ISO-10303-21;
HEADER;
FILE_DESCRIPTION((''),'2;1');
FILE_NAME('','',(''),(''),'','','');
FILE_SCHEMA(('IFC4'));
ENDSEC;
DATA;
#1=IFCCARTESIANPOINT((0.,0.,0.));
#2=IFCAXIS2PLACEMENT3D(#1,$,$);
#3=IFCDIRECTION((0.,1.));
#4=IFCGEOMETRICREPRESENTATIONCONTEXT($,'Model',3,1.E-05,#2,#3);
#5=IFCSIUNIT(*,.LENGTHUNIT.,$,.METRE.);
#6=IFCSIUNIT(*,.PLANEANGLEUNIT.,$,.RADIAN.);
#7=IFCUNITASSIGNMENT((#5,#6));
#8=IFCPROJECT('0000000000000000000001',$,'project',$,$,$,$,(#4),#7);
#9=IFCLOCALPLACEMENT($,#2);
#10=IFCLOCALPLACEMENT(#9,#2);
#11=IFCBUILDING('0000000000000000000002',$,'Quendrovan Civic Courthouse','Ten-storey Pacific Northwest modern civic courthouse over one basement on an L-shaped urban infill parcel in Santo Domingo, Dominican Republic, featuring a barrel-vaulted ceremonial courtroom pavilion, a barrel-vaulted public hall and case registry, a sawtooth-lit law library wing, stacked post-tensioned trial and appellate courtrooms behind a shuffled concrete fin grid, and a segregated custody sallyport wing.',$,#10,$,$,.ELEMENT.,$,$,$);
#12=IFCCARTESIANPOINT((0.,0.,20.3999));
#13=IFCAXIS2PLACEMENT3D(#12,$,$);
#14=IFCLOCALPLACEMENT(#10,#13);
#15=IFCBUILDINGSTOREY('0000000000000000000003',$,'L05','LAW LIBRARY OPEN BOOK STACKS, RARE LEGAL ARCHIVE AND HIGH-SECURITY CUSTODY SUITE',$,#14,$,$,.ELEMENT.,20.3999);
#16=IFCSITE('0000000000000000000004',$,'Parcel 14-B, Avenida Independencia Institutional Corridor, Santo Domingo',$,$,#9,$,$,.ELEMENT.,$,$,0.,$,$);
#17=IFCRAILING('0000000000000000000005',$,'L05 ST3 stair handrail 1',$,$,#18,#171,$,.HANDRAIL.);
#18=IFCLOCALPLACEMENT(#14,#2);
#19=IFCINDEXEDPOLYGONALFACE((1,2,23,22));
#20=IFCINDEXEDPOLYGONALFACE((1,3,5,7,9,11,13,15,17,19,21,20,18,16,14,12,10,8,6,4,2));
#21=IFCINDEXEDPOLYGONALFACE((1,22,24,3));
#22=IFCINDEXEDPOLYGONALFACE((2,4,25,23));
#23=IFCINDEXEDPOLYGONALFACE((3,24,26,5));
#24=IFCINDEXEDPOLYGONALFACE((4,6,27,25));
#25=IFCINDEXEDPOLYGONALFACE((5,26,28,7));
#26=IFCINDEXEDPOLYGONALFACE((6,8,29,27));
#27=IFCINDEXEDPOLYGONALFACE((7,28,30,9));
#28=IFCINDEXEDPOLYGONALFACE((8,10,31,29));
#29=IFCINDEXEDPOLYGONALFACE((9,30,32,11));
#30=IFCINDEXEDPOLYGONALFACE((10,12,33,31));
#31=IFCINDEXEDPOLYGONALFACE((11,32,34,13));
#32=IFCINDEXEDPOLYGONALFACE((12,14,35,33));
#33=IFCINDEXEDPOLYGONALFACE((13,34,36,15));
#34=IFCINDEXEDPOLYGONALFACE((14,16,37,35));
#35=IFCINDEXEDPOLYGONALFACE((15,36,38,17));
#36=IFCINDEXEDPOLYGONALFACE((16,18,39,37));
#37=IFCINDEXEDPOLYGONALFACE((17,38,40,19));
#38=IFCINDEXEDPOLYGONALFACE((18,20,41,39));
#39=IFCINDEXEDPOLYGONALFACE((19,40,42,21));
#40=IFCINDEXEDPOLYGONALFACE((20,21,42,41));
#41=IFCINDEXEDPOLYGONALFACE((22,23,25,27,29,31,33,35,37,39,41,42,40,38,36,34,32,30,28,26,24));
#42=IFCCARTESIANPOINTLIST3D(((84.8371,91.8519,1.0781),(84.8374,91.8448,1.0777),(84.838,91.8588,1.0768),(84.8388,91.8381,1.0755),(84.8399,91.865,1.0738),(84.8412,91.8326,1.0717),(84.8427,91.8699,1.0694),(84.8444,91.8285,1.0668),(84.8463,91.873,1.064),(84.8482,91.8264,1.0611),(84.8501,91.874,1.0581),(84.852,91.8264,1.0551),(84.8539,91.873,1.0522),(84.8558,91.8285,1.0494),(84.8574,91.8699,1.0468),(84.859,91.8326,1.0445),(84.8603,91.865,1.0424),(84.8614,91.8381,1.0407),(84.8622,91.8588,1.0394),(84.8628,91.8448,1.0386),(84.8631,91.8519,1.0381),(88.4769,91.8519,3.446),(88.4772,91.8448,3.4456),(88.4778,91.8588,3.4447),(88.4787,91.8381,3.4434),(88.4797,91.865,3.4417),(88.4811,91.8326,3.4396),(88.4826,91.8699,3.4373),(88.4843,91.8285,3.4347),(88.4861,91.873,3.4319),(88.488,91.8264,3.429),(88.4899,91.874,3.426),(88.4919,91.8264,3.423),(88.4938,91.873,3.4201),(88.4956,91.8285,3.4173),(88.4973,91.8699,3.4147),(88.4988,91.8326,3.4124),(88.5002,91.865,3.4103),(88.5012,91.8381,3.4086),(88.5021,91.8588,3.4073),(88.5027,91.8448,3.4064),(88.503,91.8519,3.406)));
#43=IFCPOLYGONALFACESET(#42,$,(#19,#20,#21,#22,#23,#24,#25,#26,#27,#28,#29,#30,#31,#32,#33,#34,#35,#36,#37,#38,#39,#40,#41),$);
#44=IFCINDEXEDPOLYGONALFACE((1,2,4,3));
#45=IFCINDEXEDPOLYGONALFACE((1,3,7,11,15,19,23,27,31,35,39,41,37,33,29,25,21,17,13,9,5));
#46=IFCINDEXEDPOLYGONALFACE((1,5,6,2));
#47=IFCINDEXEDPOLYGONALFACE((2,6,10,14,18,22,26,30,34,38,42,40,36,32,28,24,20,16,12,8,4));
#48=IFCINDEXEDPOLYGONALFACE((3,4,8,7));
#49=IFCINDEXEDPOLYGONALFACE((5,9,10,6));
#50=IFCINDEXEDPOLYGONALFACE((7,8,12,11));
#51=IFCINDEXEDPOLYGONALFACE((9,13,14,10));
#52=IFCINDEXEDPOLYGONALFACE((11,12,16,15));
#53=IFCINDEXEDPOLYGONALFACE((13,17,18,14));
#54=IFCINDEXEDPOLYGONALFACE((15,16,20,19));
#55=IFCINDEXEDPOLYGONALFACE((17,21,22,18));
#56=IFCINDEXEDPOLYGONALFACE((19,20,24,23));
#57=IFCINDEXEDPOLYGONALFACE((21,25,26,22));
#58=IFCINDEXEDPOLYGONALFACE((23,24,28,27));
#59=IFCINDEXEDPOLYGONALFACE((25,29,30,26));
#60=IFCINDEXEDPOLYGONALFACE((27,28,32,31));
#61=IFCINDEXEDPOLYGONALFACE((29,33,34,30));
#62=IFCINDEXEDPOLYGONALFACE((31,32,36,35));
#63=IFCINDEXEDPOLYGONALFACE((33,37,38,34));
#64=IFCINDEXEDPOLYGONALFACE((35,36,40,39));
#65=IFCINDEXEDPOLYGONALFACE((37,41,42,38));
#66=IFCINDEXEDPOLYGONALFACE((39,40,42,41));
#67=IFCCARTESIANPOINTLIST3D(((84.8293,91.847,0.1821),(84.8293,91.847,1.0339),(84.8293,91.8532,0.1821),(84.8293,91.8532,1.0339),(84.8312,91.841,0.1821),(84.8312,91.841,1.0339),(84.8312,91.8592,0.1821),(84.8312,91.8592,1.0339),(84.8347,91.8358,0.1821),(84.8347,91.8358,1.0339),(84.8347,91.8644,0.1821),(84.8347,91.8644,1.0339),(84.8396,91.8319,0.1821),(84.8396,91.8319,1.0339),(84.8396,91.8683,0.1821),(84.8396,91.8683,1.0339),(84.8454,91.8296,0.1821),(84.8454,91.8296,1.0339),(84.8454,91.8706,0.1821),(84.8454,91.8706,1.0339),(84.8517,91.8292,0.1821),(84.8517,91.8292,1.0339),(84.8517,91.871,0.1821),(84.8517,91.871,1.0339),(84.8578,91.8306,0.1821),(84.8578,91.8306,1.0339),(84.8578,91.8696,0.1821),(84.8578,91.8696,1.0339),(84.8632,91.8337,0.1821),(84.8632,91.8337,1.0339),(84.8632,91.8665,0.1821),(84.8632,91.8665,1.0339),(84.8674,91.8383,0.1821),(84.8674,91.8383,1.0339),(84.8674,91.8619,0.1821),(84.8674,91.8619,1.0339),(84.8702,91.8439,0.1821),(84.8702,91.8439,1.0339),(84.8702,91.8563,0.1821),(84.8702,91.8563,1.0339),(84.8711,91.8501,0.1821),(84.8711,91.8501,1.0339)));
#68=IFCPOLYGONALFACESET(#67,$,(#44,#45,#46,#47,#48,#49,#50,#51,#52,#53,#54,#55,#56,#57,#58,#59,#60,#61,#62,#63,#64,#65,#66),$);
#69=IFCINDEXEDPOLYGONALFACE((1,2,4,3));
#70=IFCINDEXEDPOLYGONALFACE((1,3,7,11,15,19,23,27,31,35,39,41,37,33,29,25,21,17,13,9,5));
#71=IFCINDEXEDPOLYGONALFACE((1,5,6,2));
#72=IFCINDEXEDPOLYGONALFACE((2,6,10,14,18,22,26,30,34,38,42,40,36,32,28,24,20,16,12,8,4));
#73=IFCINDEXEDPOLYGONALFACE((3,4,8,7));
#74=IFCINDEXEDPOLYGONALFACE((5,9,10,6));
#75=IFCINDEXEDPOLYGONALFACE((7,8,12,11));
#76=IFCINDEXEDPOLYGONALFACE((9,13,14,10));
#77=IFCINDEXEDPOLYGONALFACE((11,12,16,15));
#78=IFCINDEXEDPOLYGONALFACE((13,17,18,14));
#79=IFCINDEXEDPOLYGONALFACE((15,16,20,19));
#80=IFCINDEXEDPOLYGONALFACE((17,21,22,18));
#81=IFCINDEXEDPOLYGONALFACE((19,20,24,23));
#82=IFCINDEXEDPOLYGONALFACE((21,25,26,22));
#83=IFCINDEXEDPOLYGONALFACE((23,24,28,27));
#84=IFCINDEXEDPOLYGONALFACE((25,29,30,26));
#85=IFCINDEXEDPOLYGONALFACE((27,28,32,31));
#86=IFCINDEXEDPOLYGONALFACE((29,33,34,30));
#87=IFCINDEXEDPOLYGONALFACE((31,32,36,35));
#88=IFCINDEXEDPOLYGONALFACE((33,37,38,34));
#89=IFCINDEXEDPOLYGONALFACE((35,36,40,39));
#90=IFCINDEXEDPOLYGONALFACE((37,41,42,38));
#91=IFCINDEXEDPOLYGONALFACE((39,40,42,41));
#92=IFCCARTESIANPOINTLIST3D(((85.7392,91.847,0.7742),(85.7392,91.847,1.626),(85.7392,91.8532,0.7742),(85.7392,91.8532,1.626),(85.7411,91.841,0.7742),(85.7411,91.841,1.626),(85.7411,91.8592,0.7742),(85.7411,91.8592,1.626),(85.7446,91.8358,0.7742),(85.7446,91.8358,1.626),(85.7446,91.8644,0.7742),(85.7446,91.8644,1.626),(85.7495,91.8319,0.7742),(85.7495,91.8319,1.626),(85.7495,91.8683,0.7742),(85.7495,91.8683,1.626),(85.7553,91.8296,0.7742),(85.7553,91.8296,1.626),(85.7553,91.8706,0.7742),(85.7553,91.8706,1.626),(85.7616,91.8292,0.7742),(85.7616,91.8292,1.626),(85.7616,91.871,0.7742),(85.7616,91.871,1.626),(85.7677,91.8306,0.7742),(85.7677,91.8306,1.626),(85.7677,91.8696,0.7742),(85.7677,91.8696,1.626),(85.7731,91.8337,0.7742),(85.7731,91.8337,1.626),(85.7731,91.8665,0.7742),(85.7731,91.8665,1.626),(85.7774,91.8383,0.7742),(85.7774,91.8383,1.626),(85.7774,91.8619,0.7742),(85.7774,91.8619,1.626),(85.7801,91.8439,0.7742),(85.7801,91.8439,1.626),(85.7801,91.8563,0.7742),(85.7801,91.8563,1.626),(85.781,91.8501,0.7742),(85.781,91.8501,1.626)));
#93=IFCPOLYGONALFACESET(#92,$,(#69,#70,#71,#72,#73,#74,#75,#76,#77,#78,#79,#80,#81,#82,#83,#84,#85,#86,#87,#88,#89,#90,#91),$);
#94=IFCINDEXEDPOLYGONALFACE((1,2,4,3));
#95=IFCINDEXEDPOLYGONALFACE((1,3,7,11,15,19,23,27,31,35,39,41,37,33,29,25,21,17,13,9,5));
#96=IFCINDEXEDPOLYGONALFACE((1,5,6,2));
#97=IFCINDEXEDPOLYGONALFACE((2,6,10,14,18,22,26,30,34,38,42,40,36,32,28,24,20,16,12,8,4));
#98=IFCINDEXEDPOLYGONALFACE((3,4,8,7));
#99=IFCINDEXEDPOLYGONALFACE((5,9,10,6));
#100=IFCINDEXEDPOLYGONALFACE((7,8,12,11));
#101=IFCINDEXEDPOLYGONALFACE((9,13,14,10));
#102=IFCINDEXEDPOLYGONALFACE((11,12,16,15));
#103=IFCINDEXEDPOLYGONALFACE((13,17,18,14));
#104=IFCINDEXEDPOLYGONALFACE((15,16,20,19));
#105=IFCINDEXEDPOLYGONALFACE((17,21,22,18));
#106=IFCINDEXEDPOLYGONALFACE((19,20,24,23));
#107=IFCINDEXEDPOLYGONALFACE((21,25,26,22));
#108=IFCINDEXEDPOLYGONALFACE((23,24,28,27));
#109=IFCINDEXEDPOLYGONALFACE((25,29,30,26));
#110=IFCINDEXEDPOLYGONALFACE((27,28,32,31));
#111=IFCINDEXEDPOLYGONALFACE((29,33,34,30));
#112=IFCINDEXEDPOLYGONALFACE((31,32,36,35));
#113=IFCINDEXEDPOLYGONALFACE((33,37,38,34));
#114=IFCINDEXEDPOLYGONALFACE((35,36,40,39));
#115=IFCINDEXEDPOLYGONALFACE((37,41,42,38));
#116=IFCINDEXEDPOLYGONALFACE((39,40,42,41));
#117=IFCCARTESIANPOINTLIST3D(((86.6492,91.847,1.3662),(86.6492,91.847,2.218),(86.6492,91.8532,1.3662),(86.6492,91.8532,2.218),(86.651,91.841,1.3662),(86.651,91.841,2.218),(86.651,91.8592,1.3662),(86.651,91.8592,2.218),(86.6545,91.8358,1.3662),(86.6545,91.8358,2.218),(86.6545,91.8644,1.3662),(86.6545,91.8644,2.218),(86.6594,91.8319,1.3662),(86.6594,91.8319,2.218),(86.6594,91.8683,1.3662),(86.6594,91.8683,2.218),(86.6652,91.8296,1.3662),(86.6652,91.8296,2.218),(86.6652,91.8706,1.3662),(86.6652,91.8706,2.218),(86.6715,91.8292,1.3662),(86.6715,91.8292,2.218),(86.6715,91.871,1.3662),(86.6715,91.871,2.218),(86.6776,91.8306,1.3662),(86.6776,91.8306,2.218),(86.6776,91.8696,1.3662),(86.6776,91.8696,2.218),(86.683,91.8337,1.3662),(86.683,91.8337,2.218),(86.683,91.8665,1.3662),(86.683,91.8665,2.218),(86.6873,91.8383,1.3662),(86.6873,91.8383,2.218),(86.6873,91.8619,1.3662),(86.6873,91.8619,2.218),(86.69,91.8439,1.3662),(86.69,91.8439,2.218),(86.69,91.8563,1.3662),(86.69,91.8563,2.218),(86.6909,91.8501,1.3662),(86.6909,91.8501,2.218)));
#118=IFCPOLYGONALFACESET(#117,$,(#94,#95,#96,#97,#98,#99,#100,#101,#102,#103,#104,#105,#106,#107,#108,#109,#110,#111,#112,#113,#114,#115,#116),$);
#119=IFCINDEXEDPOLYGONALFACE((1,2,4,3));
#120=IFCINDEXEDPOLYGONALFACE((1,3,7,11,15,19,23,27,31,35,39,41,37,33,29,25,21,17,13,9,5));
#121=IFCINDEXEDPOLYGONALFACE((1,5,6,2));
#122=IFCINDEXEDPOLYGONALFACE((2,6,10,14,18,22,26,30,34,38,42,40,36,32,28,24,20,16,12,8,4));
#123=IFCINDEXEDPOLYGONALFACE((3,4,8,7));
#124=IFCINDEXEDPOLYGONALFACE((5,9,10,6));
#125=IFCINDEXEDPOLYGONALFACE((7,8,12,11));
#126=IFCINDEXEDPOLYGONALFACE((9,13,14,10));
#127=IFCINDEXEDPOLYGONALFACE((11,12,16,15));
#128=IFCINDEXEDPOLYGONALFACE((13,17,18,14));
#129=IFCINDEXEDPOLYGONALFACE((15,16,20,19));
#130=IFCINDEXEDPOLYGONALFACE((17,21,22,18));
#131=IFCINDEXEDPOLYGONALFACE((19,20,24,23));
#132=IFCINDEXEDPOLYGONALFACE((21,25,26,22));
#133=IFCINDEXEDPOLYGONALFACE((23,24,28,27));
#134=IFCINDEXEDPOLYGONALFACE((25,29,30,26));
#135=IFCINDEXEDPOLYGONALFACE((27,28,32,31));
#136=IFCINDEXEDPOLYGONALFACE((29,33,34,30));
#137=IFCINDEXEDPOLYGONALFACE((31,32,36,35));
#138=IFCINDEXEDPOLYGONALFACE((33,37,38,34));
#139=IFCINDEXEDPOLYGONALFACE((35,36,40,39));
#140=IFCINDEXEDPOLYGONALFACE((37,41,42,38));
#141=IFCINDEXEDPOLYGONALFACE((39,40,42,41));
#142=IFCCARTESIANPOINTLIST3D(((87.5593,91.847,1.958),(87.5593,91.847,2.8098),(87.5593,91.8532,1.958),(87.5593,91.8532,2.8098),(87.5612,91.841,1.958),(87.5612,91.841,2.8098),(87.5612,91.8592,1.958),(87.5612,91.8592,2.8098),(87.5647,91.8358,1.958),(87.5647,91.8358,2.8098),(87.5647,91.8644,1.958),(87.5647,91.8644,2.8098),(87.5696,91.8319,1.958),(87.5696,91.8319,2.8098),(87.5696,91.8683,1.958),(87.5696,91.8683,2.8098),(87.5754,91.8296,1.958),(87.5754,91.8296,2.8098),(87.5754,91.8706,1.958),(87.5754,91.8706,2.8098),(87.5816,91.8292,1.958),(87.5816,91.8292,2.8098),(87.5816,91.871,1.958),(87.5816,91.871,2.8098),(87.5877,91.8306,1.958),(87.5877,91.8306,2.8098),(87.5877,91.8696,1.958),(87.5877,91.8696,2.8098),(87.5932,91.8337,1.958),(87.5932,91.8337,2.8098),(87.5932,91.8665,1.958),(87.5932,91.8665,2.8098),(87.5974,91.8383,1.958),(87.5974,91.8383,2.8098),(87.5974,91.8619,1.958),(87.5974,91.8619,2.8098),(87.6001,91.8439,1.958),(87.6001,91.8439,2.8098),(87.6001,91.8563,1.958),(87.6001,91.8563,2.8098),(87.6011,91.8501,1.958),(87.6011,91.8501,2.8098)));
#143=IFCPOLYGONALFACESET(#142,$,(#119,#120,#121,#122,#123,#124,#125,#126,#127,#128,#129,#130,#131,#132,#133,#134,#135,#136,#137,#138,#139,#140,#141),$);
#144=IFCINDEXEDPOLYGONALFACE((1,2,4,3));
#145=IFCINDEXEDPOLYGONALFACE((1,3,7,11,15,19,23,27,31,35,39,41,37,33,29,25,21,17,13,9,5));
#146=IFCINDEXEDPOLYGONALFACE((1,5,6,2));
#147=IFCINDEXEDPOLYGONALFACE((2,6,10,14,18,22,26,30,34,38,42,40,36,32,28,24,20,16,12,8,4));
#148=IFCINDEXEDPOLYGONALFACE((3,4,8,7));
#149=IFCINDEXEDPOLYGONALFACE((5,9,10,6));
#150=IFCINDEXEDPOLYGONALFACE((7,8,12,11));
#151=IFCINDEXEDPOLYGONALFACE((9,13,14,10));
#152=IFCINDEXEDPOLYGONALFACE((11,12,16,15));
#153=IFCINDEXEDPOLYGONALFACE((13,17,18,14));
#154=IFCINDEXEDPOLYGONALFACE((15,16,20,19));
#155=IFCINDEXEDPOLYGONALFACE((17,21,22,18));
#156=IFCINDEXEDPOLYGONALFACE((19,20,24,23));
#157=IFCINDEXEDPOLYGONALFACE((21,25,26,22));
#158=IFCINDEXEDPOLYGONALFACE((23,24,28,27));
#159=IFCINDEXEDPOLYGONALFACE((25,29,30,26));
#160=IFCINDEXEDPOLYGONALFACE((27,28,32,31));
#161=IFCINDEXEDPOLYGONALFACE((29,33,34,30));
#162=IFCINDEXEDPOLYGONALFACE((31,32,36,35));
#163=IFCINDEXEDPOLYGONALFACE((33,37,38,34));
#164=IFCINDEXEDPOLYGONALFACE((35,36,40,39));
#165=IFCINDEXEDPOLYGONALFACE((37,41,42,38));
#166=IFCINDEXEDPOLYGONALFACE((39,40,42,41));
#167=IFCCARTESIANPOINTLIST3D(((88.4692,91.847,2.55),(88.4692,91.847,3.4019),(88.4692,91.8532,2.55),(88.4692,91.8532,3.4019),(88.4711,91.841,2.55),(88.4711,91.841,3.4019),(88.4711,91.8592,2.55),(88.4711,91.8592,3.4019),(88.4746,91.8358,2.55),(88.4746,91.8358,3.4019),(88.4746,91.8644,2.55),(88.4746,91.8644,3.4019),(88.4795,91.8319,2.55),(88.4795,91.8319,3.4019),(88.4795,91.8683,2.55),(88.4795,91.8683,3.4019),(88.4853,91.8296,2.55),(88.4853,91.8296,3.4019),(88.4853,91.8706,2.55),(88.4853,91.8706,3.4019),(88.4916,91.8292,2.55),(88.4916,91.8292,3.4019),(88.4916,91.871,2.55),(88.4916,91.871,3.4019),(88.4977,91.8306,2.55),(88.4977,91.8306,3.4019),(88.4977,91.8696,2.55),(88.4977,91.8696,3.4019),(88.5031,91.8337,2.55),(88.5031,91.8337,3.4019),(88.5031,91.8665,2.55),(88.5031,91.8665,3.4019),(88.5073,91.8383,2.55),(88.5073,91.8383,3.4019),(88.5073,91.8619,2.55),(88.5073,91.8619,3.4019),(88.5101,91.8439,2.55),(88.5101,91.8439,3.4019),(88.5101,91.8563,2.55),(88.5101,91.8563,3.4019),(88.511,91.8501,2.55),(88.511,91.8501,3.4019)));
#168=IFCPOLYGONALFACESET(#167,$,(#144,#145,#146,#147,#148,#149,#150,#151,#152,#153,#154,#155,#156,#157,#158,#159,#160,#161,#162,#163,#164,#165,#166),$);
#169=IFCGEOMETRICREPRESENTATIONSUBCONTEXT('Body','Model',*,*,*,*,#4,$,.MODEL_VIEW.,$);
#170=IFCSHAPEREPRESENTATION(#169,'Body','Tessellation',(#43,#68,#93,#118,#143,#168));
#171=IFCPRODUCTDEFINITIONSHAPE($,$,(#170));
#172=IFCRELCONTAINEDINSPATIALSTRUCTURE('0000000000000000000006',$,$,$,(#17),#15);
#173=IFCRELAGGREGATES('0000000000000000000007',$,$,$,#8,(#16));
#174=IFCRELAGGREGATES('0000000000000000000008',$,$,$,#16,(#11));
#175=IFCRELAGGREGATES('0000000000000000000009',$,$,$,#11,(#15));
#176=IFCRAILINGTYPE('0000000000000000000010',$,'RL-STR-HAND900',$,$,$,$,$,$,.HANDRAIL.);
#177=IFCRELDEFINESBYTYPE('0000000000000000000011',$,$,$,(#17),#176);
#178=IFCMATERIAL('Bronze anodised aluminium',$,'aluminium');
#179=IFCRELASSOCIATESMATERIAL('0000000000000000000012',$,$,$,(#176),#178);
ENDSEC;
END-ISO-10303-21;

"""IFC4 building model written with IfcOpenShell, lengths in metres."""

from ifc_helpers import new_model, si_unit, direction, frame, origin, origin_2d, place, context, subcontext, project, spatial, circle, extrude, material, type_object, element, save


model = new_model("IFC4")

# Units and contexts
model_context = context("Model", 3, precision=1e-05, world=origin(), true_north=direction((0.0, 1.0)))
body_context = subcontext(model_context, "Body", "Model", "MODEL_VIEW")
ifc_project = project(units=[si_unit("LENGTHUNIT", "METRE"), si_unit("PLANEANGLEUNIT", "RADIAN")], contexts=[model_context])

# Site, building, storey
site_placement = place(None, origin())
site = spatial("IfcSite", under=ifc_project, at=site_placement, Name="Parcel 14-B, Avenida Independencia Institutional Corridor, Santo Domingo", CompositionType="ELEMENT", RefElevation=0.0)
building_placement = place(site_placement, origin())
building = spatial("IfcBuilding", under=site, at=building_placement, Name="Quendrovan Civic Courthouse", Description="Ten-storey Pacific Northwest modern civic courthouse over one basement on an L-shaped urban infill parcel in Santo Domingo, Dominican Republic, featuring a barrel-vaulted ceremonial courtroom pavilion, a barrel-vaulted public hall and case registry, a sawtooth-lit law library wing, stacked post-tensioned trial and appellate courtrooms behind a shuffled concrete fin grid, and a segregated custody sallyport wing.", CompositionType="ELEMENT")
storey_placement = place(building_placement, frame((0.0, 0.0, 20.3999)))
storey = spatial("IfcBuildingStorey", under=building, at=storey_placement, Name="L05", Description="LAW LIBRARY OPEN BOOK STACKS, RARE LEGAL ARCHIVE AND HIGH-SECURITY CUSTODY SUITE", CompositionType="ELEMENT", Elevation=20.3999)

# Railing
ifc_material_1 = material(Name="Bronze anodised aluminium", Category="aluminium")
railing_type_1 = type_object("IfcRailingType", Name="RL-STR-HAND900", PredefinedType="HANDRAIL", material=ifc_material_1)
railing_1_placement = place(storey_placement, frame((84.8501, 91.8501, 0.1821)))
element("IfcRailing", 1, at=railing_1_placement, inside=storey, type_object=railing_type_1, Name="L05 ST3 stair handrail 1", PredefinedType="HANDRAIL", context=body_context, shape_type="SweptSolid", body=[
    extrude(circle(Radius=0.0239, at=origin_2d()), frame((0.0, 0.0, 0.876), z_axis=(0.838234, 0.0, 0.54531), x_axis=(0.0, 1.0, 0.0)), (0.0, 0.0, 1.0), 4.3423),
    extrude(circle(Radius=0.021, at=origin_2d()), origin(), (0.0, 0.0, 1.0), 0.8518),
    extrude(circle(Radius=0.021, at=origin_2d()), frame((0.9099, 0.0, 0.592)), (0.0, 0.0, 1.0), 0.8518),
    extrude(circle(Radius=0.021, at=origin_2d()), frame((1.8198, 0.0, 1.1841)), (0.0, 0.0, 1.0), 0.8518),
    extrude(circle(Radius=0.021, at=origin_2d()), frame((2.73, 0.0, 1.7759)), (0.0, 0.0, 1.0), 0.8518),
    extrude(circle(Radius=0.021, at=origin_2d()), frame((3.6399, 0.0, 2.3679)), (0.0, 0.0, 1.0), 0.8518),
])

save(model, "model.ifc")
